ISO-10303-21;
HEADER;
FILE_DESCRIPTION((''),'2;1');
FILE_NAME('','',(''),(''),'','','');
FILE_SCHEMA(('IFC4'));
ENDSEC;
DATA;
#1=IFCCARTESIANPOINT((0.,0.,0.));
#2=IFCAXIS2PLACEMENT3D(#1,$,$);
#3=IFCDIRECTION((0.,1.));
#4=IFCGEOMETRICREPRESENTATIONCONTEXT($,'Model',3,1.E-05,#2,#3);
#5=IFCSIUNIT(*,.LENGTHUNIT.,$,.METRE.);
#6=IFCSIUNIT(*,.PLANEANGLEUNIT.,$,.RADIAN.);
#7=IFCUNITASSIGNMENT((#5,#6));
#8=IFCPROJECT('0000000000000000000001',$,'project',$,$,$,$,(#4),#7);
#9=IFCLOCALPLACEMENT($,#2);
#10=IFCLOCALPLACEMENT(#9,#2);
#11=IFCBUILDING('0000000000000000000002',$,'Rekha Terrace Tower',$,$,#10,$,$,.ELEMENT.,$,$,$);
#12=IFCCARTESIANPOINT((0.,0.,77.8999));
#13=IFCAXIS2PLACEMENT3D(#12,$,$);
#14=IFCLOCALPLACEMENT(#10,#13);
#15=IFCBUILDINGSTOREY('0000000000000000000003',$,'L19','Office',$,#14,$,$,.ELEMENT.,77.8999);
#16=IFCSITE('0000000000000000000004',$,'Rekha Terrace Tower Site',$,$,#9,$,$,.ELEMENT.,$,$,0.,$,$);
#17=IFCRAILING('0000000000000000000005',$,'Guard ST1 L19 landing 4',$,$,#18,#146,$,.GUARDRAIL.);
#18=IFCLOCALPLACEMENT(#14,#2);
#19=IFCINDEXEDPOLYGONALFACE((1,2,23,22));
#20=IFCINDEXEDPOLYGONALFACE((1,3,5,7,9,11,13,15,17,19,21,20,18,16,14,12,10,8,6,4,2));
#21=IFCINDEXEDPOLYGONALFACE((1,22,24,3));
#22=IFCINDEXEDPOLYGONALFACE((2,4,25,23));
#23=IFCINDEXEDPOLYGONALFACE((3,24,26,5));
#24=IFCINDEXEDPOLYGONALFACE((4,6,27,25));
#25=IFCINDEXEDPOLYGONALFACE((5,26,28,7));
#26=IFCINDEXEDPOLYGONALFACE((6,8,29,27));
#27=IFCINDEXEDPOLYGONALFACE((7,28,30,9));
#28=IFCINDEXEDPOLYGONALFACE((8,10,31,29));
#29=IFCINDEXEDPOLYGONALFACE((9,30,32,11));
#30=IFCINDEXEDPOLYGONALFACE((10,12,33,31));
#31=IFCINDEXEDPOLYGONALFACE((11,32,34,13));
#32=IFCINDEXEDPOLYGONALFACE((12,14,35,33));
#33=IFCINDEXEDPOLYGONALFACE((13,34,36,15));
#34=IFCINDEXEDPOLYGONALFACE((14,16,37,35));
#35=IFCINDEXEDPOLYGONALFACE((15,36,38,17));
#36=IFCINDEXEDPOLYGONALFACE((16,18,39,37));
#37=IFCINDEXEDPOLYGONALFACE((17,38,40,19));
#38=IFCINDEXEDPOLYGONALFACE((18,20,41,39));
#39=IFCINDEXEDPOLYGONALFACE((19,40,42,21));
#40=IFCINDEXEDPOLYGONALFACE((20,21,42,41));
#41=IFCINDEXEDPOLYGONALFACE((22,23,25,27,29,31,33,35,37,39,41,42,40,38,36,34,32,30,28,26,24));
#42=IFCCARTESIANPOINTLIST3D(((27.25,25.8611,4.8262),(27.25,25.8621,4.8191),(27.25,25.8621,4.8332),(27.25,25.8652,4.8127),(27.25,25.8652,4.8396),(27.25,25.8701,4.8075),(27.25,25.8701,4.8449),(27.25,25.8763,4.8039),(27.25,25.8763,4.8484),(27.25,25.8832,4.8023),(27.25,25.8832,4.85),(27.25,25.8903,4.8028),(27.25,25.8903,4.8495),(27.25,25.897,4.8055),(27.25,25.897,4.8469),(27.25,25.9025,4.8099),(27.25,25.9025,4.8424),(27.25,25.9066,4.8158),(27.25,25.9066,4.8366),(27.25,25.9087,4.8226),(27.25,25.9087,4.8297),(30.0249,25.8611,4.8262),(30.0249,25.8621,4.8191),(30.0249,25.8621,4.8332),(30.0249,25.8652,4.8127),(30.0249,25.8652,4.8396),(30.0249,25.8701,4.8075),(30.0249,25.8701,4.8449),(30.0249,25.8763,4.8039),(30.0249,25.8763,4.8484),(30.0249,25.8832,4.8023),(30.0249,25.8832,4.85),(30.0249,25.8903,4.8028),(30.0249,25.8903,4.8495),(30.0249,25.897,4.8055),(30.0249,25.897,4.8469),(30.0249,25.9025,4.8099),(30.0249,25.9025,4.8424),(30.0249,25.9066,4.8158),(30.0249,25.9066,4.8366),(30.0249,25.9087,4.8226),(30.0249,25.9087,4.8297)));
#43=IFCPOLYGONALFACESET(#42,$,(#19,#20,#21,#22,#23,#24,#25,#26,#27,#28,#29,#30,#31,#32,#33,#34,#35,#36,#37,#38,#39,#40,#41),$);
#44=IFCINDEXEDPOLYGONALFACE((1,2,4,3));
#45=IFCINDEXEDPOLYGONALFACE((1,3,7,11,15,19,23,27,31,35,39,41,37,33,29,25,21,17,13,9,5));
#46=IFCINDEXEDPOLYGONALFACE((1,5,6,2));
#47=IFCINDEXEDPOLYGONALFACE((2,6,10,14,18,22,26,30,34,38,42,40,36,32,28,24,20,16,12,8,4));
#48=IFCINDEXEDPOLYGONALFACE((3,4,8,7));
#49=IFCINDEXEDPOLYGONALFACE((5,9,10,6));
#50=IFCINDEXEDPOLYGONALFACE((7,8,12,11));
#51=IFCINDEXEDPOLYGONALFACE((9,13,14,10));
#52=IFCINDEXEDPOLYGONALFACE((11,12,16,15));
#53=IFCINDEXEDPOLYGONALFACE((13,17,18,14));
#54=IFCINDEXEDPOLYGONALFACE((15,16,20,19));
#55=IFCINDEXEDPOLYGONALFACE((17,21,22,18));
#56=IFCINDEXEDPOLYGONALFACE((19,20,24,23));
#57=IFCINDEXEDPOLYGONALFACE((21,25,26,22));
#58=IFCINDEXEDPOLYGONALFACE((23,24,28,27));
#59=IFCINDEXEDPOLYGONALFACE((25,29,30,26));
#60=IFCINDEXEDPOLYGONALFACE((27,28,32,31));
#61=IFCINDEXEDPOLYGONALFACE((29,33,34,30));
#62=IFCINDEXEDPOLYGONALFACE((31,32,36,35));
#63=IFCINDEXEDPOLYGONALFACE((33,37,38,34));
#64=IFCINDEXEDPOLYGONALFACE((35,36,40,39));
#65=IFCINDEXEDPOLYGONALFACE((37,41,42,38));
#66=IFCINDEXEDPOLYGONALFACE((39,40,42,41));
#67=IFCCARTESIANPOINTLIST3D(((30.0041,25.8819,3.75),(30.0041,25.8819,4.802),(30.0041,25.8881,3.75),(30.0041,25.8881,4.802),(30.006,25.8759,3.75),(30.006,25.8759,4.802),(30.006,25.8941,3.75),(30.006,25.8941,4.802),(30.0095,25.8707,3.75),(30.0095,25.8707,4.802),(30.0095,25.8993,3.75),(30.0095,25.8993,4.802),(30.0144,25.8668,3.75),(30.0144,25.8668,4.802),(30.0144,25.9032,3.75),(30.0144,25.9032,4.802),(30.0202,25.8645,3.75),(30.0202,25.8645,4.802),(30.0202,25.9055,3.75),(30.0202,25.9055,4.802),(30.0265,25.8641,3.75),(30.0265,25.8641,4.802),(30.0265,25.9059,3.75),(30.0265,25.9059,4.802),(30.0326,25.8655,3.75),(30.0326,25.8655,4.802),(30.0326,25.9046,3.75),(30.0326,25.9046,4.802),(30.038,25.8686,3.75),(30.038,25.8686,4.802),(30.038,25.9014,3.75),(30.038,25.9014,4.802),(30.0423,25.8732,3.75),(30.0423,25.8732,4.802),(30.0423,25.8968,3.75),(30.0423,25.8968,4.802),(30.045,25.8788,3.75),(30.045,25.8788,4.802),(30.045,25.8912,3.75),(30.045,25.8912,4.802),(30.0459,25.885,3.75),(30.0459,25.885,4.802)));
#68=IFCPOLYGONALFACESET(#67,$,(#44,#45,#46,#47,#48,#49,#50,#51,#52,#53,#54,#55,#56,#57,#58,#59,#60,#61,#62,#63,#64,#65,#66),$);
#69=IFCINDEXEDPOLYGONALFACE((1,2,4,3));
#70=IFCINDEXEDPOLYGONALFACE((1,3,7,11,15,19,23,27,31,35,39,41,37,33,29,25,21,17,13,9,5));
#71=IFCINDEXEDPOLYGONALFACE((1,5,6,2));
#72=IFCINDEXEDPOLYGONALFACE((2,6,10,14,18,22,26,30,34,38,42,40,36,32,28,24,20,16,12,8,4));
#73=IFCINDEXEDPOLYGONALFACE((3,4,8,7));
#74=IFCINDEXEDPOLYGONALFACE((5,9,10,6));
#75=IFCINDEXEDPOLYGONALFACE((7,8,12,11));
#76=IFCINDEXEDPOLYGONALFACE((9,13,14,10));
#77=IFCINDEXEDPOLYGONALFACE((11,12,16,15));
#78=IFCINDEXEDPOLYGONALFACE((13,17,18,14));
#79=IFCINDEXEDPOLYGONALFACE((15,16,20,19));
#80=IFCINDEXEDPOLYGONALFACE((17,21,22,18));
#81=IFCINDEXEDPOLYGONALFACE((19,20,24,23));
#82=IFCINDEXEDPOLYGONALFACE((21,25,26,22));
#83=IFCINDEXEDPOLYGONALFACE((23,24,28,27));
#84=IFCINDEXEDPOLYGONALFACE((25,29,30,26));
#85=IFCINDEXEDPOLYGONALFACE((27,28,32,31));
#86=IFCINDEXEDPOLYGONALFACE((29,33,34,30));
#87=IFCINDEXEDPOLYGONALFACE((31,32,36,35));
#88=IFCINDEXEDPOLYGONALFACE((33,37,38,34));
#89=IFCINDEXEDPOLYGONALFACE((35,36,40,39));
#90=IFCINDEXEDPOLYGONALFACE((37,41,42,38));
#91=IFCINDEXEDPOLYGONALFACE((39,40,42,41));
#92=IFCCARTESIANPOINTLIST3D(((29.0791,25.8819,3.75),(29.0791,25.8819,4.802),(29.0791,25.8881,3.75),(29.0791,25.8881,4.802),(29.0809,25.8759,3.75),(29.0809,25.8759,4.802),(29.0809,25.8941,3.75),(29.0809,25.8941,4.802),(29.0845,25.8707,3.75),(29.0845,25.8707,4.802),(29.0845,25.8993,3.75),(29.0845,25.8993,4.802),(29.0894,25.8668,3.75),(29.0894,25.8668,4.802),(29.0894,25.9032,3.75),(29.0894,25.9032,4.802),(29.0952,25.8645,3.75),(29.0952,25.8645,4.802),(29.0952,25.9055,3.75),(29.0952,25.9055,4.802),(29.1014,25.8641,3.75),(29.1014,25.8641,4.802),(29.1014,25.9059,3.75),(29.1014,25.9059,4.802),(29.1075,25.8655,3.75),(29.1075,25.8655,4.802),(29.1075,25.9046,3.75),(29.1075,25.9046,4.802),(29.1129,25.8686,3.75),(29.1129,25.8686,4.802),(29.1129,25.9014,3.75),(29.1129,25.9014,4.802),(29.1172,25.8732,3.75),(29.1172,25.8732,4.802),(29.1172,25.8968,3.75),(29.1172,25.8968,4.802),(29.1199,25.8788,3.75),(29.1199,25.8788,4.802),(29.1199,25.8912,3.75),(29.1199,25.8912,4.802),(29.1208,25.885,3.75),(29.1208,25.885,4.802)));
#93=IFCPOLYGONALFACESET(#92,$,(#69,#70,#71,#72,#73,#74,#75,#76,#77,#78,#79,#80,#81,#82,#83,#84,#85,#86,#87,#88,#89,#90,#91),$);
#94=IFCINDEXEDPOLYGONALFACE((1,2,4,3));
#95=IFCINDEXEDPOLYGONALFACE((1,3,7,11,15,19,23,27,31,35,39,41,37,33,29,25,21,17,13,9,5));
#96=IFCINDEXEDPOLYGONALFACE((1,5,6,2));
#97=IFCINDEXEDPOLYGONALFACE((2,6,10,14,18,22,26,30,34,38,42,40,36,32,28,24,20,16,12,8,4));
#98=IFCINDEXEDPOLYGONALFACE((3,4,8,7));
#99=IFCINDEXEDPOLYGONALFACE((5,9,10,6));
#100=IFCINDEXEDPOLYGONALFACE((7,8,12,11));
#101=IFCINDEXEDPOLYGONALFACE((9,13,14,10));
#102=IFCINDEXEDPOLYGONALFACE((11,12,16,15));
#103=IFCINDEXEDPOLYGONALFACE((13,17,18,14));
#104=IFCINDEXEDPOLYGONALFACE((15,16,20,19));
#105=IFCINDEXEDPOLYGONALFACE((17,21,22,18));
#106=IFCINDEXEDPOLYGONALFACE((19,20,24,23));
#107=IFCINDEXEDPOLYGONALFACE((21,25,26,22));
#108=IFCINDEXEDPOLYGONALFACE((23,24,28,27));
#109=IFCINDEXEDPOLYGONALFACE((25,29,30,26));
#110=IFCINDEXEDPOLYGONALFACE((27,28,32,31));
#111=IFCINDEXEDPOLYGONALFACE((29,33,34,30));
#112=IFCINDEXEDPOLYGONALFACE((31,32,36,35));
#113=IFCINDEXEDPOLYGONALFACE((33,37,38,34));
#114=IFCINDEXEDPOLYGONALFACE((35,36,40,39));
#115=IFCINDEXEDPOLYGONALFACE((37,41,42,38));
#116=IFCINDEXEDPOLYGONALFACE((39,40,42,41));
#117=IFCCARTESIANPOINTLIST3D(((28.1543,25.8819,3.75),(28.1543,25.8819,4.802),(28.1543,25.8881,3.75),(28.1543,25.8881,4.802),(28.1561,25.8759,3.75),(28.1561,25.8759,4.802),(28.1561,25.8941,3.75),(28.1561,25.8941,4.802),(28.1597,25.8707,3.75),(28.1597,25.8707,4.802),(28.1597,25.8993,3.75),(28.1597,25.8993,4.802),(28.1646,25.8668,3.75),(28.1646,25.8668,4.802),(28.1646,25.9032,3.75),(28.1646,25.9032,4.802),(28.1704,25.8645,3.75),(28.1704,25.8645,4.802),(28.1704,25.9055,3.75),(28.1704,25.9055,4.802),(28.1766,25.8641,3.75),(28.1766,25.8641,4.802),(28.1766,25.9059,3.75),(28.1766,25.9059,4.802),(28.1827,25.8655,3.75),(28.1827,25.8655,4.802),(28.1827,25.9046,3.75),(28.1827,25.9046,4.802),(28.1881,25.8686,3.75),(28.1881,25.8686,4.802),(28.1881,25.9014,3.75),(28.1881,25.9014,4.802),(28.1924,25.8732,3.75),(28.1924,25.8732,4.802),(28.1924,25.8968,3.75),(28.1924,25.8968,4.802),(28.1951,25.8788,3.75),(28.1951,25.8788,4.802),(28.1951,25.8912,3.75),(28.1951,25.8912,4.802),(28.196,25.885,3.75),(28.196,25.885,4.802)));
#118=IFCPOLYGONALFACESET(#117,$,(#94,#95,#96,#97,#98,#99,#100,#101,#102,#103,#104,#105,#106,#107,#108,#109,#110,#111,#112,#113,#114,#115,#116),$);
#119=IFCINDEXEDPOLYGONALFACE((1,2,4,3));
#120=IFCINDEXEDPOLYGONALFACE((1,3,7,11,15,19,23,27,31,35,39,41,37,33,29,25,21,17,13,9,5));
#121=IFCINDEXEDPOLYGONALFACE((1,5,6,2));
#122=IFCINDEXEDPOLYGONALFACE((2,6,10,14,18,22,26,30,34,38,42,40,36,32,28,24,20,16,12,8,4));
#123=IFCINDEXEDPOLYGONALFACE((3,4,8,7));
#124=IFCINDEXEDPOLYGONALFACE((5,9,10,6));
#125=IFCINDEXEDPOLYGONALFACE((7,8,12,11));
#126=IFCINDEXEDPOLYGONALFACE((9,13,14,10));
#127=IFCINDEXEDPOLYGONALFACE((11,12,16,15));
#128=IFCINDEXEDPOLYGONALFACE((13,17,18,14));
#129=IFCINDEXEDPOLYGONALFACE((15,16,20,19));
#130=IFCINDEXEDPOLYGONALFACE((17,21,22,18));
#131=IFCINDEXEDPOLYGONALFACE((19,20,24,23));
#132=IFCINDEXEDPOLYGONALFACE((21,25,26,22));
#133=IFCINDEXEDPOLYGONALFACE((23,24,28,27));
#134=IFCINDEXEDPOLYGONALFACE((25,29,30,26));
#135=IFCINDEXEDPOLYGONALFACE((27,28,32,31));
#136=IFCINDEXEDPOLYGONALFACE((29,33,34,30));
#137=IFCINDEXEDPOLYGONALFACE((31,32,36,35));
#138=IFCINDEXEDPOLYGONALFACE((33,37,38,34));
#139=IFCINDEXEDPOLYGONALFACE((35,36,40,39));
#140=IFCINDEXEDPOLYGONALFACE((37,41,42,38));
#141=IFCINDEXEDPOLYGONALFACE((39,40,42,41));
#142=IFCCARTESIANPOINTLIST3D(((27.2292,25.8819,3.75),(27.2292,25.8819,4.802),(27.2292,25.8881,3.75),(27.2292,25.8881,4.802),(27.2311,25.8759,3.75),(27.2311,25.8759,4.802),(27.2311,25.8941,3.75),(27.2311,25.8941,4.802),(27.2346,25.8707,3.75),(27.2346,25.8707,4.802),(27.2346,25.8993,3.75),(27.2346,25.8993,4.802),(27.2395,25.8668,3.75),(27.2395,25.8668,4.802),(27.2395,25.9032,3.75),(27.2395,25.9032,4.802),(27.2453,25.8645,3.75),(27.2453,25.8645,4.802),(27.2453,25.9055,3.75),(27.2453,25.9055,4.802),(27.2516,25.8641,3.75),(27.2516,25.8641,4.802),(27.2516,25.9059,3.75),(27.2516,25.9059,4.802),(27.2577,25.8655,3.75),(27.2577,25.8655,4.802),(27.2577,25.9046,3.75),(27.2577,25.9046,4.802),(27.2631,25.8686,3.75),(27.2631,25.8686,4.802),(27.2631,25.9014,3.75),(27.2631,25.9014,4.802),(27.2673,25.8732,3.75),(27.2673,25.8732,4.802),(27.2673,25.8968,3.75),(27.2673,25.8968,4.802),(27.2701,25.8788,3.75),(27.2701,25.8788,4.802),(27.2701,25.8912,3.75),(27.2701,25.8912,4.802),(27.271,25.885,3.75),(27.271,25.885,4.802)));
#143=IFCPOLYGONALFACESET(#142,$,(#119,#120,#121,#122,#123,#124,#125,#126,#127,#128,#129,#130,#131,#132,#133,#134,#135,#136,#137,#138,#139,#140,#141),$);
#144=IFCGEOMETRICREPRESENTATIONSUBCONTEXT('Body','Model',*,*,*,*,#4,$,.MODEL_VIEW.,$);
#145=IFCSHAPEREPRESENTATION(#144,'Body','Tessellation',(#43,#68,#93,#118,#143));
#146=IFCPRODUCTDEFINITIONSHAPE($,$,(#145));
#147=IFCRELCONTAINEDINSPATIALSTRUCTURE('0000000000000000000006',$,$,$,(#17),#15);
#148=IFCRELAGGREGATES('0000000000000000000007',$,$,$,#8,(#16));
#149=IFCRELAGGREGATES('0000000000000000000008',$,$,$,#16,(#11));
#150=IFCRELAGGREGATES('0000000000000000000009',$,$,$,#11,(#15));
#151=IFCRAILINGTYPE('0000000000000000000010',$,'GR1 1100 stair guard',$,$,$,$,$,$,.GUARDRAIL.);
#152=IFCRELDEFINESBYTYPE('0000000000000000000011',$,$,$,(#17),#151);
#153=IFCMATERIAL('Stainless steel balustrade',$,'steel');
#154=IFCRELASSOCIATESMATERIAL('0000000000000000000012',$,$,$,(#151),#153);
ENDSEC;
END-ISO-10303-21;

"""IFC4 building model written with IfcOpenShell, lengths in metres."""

from ifc_helpers import new_model, si_unit, direction, frame, origin, origin_2d, place, context, subcontext, project, spatial, circle, extrude, material, type_object, element, save


model = new_model("IFC4")

# Units and contexts
model_context = context("Model", 3, precision=1e-05, world=origin(), true_north=direction((0.0, 1.0)))
body_context = subcontext(model_context, "Body", "Model", "MODEL_VIEW")
ifc_project = project(units=[si_unit("LENGTHUNIT", "METRE"), si_unit("PLANEANGLEUNIT", "RADIAN")], contexts=[model_context])

# Site, building, storey
site_placement = place(None, origin())
site = spatial("IfcSite", under=ifc_project, at=site_placement, Name="Rekha Terrace Tower Site", CompositionType="ELEMENT", RefElevation=0.0)
building_placement = place(site_placement, origin())
building = spatial("IfcBuilding", under=site, at=building_placement, Name="Rekha Terrace Tower", CompositionType="ELEMENT")
storey_placement = place(building_placement, frame((0.0, 0.0, 77.8999)))
storey = spatial("IfcBuildingStorey", under=building, at=storey_placement, Name="L19", Description="Office", CompositionType="ELEMENT", Elevation=77.8999)

# Railing
ifc_material_1 = material(Name="Stainless steel balustrade", Category="steel")
railing_type_1 = type_object("IfcRailingType", Name="GR1 1100 stair guard", PredefinedType="GUARDRAIL", material=ifc_material_1)
railing_1_placement = place(storey_placement, frame((30.0249, 25.885, 3.75)))
element("IfcRailing", 1, at=railing_1_placement, inside=storey, type_object=railing_type_1, Name="Guard ST1 L19 landing 4", PredefinedType="GUARDRAIL", context=body_context, shape_type="SweptSolid", body=[
    extrude(circle(Radius=0.0239, at=origin_2d()), frame((0.0, 0.0, 1.0762), z_axis=(-1.0, 0.0, 0.0), x_axis=(0.0, -1.0, 0.0)), (0.0, 0.0, 1.0), 2.7749),
    extrude(circle(Radius=0.021, at=origin_2d()), origin(), (0.0, 0.0, 1.0), 1.052),
    extrude(circle(Radius=0.021, at=origin_2d()), frame((-0.925, 0.0, 0.0)), (0.0, 0.0, 1.0), 1.052),
    extrude(circle(Radius=0.021, at=origin_2d()), frame((-1.8499, 0.0, 0.0)), (0.0, 0.0, 1.0), 1.052),
    extrude(circle(Radius=0.021, at=origin_2d()), frame((-2.7749, 0.0, 0.0)), (0.0, 0.0, 1.0), 1.052),
])

save(model, "model.ifc")
